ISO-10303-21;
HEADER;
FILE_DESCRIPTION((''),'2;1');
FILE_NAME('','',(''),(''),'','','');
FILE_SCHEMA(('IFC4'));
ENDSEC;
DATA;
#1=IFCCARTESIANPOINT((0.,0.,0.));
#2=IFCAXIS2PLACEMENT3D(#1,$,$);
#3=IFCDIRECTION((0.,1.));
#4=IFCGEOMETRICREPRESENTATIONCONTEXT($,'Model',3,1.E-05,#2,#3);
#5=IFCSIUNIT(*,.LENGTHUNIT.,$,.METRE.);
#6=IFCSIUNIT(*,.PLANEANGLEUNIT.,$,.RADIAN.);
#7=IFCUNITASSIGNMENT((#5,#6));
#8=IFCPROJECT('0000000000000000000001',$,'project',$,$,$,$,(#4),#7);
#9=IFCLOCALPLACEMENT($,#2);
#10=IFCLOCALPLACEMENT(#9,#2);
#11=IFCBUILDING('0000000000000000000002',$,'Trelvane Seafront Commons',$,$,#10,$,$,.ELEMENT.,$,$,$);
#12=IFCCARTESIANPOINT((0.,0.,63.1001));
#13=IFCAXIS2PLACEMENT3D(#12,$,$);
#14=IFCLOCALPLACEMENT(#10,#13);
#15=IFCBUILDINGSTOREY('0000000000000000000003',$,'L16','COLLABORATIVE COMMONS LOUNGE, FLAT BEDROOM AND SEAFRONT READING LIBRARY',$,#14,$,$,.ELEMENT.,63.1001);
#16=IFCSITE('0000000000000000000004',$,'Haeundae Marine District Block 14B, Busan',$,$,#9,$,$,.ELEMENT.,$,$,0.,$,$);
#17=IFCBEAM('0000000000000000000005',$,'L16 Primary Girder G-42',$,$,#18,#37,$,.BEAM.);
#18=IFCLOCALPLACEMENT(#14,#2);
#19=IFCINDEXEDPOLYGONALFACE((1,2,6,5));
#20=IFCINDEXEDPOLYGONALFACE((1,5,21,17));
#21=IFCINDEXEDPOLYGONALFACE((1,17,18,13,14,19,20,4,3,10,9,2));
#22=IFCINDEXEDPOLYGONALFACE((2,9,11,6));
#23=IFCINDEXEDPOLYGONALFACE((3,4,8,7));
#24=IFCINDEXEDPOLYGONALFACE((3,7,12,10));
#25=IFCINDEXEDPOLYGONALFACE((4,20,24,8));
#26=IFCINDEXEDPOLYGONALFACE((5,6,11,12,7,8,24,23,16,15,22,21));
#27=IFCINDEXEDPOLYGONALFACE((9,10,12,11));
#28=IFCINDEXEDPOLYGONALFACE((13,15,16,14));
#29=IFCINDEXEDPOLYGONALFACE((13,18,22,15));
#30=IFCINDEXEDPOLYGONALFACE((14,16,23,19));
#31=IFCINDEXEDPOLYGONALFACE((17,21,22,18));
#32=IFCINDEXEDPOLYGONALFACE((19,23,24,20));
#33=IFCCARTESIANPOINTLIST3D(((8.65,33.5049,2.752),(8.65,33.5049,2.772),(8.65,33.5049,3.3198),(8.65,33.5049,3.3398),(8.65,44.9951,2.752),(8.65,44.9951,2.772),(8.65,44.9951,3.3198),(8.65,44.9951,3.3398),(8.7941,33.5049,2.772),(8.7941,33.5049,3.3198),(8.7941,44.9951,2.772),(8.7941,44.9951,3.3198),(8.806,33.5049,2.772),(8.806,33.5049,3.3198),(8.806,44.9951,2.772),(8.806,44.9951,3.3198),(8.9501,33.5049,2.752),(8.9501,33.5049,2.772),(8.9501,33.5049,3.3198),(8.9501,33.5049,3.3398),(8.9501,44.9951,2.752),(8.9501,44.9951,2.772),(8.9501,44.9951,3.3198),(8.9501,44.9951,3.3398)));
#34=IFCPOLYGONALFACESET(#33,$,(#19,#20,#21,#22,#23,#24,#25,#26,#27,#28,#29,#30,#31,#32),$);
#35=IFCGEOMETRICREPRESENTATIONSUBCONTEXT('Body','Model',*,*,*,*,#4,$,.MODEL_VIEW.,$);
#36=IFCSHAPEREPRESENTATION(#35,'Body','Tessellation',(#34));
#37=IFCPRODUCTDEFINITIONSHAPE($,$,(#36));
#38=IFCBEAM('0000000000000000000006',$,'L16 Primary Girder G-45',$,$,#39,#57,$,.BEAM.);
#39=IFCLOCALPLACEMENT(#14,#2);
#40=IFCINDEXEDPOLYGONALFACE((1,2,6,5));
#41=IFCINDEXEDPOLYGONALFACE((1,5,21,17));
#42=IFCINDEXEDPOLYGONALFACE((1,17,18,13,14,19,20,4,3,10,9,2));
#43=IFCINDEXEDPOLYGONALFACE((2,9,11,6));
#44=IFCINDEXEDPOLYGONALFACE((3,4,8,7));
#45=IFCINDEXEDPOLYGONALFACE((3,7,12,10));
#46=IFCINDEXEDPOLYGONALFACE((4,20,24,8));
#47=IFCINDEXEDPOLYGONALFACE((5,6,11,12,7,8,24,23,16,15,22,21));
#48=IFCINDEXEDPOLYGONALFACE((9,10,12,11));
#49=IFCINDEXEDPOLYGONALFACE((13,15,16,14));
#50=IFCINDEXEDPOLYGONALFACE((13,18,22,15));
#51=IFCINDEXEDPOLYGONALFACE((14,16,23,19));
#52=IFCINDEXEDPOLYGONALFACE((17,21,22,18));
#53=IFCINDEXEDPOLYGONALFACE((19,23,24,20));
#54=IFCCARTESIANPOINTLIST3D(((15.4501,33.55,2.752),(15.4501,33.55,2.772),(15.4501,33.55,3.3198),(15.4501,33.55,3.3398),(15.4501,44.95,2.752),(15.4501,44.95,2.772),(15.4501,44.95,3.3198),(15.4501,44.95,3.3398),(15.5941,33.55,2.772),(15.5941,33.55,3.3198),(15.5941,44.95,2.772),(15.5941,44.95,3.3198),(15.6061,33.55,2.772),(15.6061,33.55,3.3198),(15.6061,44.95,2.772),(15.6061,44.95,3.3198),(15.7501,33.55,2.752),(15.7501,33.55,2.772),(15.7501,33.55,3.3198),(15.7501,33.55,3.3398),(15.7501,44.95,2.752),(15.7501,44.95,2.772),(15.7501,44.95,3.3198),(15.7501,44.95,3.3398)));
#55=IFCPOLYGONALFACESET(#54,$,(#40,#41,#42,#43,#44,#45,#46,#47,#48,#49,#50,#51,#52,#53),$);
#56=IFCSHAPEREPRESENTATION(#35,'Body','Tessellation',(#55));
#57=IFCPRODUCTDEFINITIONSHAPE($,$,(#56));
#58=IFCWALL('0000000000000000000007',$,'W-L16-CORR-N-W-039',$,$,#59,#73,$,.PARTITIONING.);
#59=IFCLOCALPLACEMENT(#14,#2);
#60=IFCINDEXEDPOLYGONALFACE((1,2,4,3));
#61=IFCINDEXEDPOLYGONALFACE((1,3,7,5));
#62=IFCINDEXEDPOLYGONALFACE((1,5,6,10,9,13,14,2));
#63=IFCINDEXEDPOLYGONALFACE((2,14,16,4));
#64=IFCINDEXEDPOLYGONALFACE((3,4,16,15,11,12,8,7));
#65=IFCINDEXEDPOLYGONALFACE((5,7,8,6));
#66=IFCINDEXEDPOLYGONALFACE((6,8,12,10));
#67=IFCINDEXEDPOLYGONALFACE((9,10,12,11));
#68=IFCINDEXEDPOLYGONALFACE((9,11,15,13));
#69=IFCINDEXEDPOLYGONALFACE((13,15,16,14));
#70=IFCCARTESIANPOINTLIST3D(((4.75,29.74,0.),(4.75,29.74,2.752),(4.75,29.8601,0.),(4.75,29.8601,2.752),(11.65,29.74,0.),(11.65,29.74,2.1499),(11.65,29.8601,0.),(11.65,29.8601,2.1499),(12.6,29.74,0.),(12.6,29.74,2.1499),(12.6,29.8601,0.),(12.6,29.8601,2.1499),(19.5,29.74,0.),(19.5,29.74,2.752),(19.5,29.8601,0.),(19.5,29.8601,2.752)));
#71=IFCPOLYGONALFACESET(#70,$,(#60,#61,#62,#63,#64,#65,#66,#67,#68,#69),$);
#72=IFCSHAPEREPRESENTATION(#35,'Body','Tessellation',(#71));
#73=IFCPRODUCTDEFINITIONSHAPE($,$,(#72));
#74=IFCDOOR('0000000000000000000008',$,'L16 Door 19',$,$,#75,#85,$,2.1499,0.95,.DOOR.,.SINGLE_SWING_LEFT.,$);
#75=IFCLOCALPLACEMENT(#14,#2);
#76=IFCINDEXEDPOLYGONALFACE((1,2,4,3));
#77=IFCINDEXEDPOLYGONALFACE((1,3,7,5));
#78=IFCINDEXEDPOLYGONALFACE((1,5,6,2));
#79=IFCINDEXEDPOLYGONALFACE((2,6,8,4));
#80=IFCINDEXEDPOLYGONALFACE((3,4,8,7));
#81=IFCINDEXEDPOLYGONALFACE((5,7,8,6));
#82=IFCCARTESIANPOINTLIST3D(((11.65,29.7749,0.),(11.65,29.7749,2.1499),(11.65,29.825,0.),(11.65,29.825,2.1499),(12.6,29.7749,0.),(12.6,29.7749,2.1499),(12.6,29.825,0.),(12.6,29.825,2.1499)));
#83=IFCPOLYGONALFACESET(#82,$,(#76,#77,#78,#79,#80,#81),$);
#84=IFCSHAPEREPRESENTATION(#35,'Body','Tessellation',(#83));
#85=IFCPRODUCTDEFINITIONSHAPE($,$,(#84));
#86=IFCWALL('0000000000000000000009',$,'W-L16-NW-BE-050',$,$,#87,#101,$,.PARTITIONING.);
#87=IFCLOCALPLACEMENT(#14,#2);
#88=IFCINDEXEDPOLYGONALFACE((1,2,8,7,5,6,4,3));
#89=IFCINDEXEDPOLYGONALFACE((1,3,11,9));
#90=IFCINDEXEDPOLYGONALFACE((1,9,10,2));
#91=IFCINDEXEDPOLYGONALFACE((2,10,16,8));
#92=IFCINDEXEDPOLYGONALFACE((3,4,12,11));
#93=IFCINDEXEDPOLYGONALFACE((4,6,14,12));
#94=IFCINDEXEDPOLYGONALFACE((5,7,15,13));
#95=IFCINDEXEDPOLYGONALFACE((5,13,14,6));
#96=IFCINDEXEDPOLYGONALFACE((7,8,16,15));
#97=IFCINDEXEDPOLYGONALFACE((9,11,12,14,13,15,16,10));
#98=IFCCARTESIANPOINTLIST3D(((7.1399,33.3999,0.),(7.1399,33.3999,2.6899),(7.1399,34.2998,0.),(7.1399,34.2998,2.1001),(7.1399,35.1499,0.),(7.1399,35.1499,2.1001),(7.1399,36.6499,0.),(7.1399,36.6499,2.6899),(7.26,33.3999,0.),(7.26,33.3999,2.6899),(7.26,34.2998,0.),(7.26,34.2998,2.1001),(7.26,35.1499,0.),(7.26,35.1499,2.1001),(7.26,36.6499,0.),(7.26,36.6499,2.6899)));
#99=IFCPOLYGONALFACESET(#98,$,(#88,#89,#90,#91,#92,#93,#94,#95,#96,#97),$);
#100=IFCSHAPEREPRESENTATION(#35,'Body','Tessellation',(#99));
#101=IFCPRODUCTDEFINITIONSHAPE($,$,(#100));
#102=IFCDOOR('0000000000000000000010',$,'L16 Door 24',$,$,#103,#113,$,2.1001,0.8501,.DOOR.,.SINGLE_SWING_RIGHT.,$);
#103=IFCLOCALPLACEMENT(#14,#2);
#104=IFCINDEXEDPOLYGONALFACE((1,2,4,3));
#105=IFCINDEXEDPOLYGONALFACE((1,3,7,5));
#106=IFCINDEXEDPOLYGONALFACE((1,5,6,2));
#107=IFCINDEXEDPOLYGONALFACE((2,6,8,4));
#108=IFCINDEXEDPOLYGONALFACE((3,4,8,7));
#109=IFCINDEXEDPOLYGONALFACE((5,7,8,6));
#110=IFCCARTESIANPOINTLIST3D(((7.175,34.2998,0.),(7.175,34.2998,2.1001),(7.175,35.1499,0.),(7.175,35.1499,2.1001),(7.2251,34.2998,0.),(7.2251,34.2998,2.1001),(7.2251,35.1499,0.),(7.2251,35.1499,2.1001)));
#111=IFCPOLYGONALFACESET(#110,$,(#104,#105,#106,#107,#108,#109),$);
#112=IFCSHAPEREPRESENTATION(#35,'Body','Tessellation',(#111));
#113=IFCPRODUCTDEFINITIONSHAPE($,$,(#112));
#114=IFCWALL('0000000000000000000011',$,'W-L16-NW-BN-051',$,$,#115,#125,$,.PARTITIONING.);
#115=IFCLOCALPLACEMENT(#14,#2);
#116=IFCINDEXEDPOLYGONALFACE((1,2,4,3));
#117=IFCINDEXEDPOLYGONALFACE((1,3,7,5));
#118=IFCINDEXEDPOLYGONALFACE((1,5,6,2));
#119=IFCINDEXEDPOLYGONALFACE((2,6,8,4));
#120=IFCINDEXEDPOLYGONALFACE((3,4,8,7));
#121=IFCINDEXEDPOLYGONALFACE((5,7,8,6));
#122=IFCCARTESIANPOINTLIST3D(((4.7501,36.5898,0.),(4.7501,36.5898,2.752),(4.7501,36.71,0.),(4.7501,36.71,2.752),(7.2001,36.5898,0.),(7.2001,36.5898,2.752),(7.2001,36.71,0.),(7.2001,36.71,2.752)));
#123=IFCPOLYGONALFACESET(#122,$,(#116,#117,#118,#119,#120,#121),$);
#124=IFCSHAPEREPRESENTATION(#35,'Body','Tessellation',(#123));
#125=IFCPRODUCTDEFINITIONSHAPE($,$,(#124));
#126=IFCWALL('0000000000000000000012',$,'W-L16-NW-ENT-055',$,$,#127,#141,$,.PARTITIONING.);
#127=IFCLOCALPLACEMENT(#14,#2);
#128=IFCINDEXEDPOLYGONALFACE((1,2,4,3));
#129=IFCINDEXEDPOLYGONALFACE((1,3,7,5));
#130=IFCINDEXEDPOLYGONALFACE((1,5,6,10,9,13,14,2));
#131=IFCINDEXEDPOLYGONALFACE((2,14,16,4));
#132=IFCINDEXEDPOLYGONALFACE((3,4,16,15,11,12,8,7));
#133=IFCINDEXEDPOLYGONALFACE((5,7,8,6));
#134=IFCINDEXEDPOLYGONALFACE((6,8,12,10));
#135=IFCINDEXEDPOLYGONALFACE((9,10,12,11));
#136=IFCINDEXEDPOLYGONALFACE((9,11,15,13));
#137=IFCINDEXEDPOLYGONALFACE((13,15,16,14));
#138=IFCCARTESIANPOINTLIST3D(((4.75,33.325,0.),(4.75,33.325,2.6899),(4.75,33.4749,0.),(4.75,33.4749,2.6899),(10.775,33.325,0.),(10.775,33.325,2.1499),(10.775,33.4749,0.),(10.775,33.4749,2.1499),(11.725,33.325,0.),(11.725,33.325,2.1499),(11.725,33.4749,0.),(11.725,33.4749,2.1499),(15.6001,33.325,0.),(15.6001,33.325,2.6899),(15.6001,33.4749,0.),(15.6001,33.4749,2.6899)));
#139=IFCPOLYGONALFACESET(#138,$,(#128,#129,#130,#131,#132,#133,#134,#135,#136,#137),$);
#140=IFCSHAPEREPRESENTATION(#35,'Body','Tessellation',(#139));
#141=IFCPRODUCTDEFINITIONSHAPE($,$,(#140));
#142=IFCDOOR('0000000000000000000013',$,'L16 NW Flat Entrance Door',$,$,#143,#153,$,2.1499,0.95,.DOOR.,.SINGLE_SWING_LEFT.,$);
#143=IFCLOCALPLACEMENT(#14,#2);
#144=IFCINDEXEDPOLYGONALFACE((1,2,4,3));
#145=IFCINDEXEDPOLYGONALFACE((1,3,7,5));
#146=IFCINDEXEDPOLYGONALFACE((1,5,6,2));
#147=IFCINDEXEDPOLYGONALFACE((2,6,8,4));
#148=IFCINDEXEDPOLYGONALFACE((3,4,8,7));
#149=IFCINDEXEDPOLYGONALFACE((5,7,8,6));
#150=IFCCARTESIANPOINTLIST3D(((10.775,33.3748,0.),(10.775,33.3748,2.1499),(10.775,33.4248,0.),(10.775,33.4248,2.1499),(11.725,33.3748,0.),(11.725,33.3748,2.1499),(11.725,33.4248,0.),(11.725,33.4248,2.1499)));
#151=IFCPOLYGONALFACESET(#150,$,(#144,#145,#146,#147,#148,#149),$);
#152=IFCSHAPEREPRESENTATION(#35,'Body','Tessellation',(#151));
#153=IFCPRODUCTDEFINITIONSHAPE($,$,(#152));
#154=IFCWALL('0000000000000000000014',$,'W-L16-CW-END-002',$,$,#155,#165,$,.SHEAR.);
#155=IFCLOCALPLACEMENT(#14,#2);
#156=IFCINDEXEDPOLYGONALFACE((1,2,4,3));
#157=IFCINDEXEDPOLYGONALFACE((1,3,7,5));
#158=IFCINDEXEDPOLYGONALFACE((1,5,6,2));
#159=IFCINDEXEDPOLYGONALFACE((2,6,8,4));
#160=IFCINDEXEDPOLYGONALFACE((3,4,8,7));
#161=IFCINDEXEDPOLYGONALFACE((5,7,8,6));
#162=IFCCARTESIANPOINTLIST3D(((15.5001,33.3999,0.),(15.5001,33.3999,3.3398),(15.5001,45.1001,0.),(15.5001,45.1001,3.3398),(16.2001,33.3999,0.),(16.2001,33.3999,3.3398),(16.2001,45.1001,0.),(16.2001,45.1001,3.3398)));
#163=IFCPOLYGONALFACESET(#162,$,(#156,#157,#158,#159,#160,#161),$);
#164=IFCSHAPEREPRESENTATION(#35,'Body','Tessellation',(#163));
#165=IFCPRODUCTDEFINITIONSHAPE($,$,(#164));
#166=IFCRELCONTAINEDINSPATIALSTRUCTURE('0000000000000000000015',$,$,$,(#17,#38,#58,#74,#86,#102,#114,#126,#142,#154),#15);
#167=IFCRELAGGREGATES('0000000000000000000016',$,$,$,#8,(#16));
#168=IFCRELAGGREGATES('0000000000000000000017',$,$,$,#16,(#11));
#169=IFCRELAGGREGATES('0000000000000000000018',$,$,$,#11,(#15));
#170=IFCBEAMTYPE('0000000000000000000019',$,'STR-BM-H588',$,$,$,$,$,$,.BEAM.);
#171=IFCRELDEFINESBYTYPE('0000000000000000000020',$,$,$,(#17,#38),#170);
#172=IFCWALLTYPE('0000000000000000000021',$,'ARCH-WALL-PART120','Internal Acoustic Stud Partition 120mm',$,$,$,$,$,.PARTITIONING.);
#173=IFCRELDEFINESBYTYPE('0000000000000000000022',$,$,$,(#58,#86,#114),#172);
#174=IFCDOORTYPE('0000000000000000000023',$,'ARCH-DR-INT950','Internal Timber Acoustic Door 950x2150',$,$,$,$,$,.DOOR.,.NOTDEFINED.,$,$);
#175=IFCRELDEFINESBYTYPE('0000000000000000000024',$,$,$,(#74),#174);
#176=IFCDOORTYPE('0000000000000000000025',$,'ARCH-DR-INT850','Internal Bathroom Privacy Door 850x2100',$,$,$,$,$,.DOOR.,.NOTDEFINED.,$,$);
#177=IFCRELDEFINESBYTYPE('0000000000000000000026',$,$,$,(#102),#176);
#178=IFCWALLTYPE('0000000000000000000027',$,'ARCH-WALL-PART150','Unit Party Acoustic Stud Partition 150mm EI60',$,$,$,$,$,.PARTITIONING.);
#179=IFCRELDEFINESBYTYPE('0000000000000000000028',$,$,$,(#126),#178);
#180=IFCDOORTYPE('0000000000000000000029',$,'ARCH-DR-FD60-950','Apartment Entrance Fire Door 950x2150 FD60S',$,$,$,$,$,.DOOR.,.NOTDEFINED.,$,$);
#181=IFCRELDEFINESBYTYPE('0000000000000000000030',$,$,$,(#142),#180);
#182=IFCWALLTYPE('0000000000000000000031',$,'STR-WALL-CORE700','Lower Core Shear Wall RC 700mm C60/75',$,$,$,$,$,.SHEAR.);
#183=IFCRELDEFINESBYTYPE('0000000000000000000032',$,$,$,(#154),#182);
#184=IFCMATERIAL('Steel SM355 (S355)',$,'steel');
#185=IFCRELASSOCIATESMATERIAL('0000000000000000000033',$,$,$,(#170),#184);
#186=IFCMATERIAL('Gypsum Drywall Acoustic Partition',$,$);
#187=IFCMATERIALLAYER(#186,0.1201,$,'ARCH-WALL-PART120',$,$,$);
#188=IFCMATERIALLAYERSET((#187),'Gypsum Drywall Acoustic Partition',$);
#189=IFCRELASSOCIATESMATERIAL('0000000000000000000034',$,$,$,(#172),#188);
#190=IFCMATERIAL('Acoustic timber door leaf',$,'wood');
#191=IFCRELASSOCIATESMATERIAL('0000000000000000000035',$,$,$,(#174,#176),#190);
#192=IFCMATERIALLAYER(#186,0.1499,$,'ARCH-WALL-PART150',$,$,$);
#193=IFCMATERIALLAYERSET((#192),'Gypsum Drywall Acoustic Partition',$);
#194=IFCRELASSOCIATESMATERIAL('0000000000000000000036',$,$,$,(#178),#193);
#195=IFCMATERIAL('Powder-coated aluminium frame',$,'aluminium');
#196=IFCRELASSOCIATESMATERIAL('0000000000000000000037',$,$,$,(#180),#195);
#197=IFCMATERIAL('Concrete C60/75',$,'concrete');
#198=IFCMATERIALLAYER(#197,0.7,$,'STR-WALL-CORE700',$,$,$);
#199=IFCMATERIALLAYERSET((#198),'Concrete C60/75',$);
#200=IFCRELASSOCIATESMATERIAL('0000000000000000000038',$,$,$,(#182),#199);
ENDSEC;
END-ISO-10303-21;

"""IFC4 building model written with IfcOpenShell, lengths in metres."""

from ifc_helpers import new_model, si_unit, direction, frame, frame_2d, origin, origin_2d, place, context, subcontext, project, spatial, rectangle, i_section, extrude, source, transform, mapped, material, layer, layer_set, material_profile, profile_set, type_object, element, fill, save


model = new_model("IFC4")

# Units and contexts
model_context = context("Model", 3, precision=1e-05, world=origin(), true_north=direction((0.0, 1.0)))
body_context = subcontext(model_context, "Body", "Model", "MODEL_VIEW")
ifc_project = project(units=[si_unit("LENGTHUNIT", "METRE"), si_unit("PLANEANGLEUNIT", "RADIAN")], contexts=[model_context])

# Site, building, storey
site_placement = place(None, origin())
site = spatial("IfcSite", under=ifc_project, at=site_placement, Name="Haeundae Marine District Block 14B, Busan", CompositionType="ELEMENT", RefElevation=0.0)
building_placement = place(site_placement, origin())
building = spatial("IfcBuilding", under=site, at=building_placement, Name="Trelvane Seafront Commons", CompositionType="ELEMENT")
storey_placement = place(building_placement, frame((0.0, 0.0, 63.1001)))
storey = spatial("IfcBuildingStorey", under=building, at=storey_placement, Name="L16", Description="COLLABORATIVE COMMONS LOUNGE, FLAT BEDROOM AND SEAFRONT READING LIBRARY", CompositionType="ELEMENT", Elevation=63.1001)

# Shared definitions
ifc_material_1 = material(Name="Steel SM355 (S355)", Category="steel")
ifc_material_2 = material(Name="Concrete C60/75", Category="concrete")

# Beams
ifc_material_profile_1 = material_profile(ifc_material_1, i_section(OverallWidth=0.3, OverallDepth=0.5879, WebThickness=0.012, FlangeThickness=0.02, at=origin_2d()), Name="H-588x300x12x20")
ifc_profile_set_1 = profile_set([ifc_material_profile_1], Name="Steel SM355 (S355)")
beam_type_1 = type_object("IfcBeamType", Name="STR-BM-H588", PredefinedType="BEAM", material=ifc_profile_set_1)
shared_shape_1 = source(origin(), body_context, "Body", "SweptSolid", [
    extrude(i_section(OverallWidth=0.3, OverallDepth=0.5879, WebThickness=0.012, FlangeThickness=0.02, at=origin_2d()), origin(), (0.0, 0.0, 1.0), 11.4902),
])
for number, where, z_axis, x_axis, name in (
    (1, (8.8, 33.5049, 3.0459), (0.0, 1.0, 0.0), (-1.0, 0.0, 0.0), "L16 Primary Girder G-42"),
):
    element("IfcBeam", number, at=place(storey_placement, frame(where, z_axis=z_axis, x_axis=x_axis)), inside=storey, type_object=beam_type_1, Name=name, PredefinedType="BEAM", context=body_context, shape_type="MappedRepresentation", body=[
        mapped(shared_shape_1, transform((0.0, 0.0, 0.0), x_axis=(1.0, 0.0, 0.0), y_axis=(0.0, 1.0, 0.0), z_axis=(0.0, 0.0, 1.0), scale=1.0)),
    ])
shared_shape_2 = source(origin(), body_context, "Body", "SweptSolid", [
    extrude(i_section(OverallWidth=0.3, OverallDepth=0.5879, WebThickness=0.012, FlangeThickness=0.02, at=origin_2d()), origin(), (0.0, 0.0, 1.0), 11.3999),
])
beam_1_placement = place(storey_placement, frame((15.6001, 33.55, 3.0459), z_axis=(0.0, 1.0, 0.0), x_axis=(-1.0, 0.0, 0.0)))
element("IfcBeam", 2, at=beam_1_placement, inside=storey, type_object=beam_type_1, Name="L16 Primary Girder G-45", PredefinedType="BEAM", context=body_context, shape_type="MappedRepresentation", body=[
    mapped(shared_shape_2, transform((0.0, 0.0, 0.0), x_axis=(1.0, 0.0, 0.0), y_axis=(0.0, 1.0, 0.0), z_axis=(0.0, 0.0, 1.0), scale=1.0)),
])

# Walls, openings, doors
ifc_material_3 = material(Name="Gypsum Drywall Acoustic Partition")
ifc_layer_1 = layer(ifc_material_3, 0.1201, Name="ARCH-WALL-PART120")
ifc_layer_set_1 = layer_set([ifc_layer_1], Name="Gypsum Drywall Acoustic Partition")
wall_type_1 = type_object("IfcWallType", Name="ARCH-WALL-PART120", Description="Internal Acoustic Stud Partition 120mm", PredefinedType="PARTITIONING", material=ifc_layer_set_1)
wall_1_placement = place(storey_placement, frame((4.75, 29.8, 0.0), z_axis=(0.0, 0.0, 1.0), x_axis=(1.0, 0.0, 0.0)))
wall_1 = element("IfcWall", 3, at=wall_1_placement, inside=storey, type_object=wall_type_1, Name="W-L16-CORR-N-W-039", PredefinedType="PARTITIONING", context=body_context, shape_type="SweptSolid", body=[
    extrude(rectangle(XDim=14.75, YDim=0.1201, at=frame_2d((7.375, 0.0))), origin(), (0.0, 0.0, 1.0), 2.752),
])
opening_1_placement = place(wall_1_placement, frame((6.8999, 0.0, 0.0)))
opening_1 = element("IfcOpeningElement", 4, at=opening_1_placement, cuts=wall_1, PredefinedType="OPENING", context=body_context, shape_type="SweptSolid", body=[
    extrude(rectangle(XDim=0.95, YDim=2.1499, at=frame_2d((0.4751, 1.075))), frame((0.0, 0.0701, 0.0), z_axis=(0.0, -1.0, 0.0), x_axis=(1.0, 0.0, 0.0)), (0.0, 0.0, 1.0), 0.1401),
])
ifc_material_4 = material(Name="Acoustic timber door leaf", Category="wood")
door_type_1 = type_object("IfcDoorType", Name="ARCH-DR-INT950", Description="Internal Timber Acoustic Door 950x2150", OperationType="NOTDEFINED", PredefinedType="DOOR", material=ifc_material_4)
shared_shape_3 = source(origin(), body_context, "Body", "SweptSolid", [
    extrude(rectangle(XDim=0.95, YDim=2.1499, at=frame_2d((0.4751, 1.075))), frame((0.0, 0.0249, 0.0), z_axis=(0.0, -1.0, 0.0), x_axis=(1.0, 0.0, 0.0)), (0.0, 0.0, 1.0), 0.05),
])
door_1_placement = place(opening_1_placement, origin())
door_1 = element("IfcDoor", 5, at=door_1_placement, inside=storey, type_object=door_type_1, Name="L16 Door 19", OperationType="SINGLE_SWING_LEFT", OverallHeight=2.1499, OverallWidth=0.95, PredefinedType="DOOR", context=body_context, shape_type="MappedRepresentation", body=[
    mapped(shared_shape_3, transform((0.0, 0.0, 0.0), x_axis=(1.0, 0.0, 0.0), y_axis=(0.0, 1.0, 0.0), z_axis=(0.0, 0.0, 1.0), scale=1.0)),
])
fill(opening_1, door_1)
wall_2_placement = place(storey_placement, frame((7.2, 33.3999, 0.0), z_axis=(0.0, 0.0, 1.0), x_axis=(0.0, 1.0, 0.0)))
wall_2 = element("IfcWall", 6, at=wall_2_placement, inside=storey, type_object=wall_type_1, Name="W-L16-NW-BE-050", PredefinedType="PARTITIONING", context=body_context, shape_type="SweptSolid", body=[
    extrude(rectangle(XDim=3.25, YDim=0.1201, at=frame_2d((1.625, 0.0))), origin(), (0.0, 0.0, 1.0), 2.6899),
])
opening_2_placement = place(wall_2_placement, frame((0.8999, 0.0, 0.0)))
opening_2 = element("IfcOpeningElement", 7, at=opening_2_placement, cuts=wall_2, PredefinedType="OPENING", context=body_context, shape_type="SweptSolid", body=[
    extrude(rectangle(XDim=0.8501, YDim=2.1001, at=frame_2d((0.425, 1.05))), frame((0.0, 0.0701, 0.0), z_axis=(0.0, -1.0, 0.0), x_axis=(1.0, 0.0, 0.0)), (0.0, 0.0, 1.0), 0.1401),
])
door_type_2 = type_object("IfcDoorType", Name="ARCH-DR-INT850", Description="Internal Bathroom Privacy Door 850x2100", OperationType="NOTDEFINED", PredefinedType="DOOR", material=ifc_material_4)
shared_shape_4 = source(origin(), body_context, "Body", "SweptSolid", [
    extrude(rectangle(XDim=0.8501, YDim=2.1001, at=frame_2d((0.425, 1.05))), frame((0.0, 0.0249, 0.0), z_axis=(0.0, -1.0, 0.0), x_axis=(1.0, 0.0, 0.0)), (0.0, 0.0, 1.0), 0.05),
])
door_2_placement = place(opening_2_placement, origin())
door_2 = element("IfcDoor", 8, at=door_2_placement, inside=storey, type_object=door_type_2, Name="L16 Door 24", OperationType="SINGLE_SWING_RIGHT", OverallHeight=2.1001, OverallWidth=0.8501, PredefinedType="DOOR", context=body_context, shape_type="MappedRepresentation", body=[
    mapped(shared_shape_4, transform((0.0, 0.0, 0.0), x_axis=(1.0, 0.0, 0.0), y_axis=(0.0, 1.0, 0.0), z_axis=(0.0, 0.0, 1.0), scale=1.0)),
])
fill(opening_2, door_2)

# Wall
wall_3_placement = place(storey_placement, frame((4.75, 36.6499, 0.0), z_axis=(0.0, 0.0, 1.0), x_axis=(1.0, 0.0, 0.0)))
element("IfcWall", 9, at=wall_3_placement, inside=storey, type_object=wall_type_1, Name="W-L16-NW-BN-051", PredefinedType="PARTITIONING", context=body_context, shape_type="SweptSolid", body=[
    extrude(rectangle(XDim=2.45, YDim=0.1201, at=frame_2d((1.2251, 0.0))), origin(), (0.0, 0.0, 1.0), 2.752),
])

# Wall, opening, door
ifc_layer_2 = layer(ifc_material_3, 0.1499, Name="ARCH-WALL-PART150")
ifc_layer_set_2 = layer_set([ifc_layer_2], Name="Gypsum Drywall Acoustic Partition")
wall_type_2 = type_object("IfcWallType", Name="ARCH-WALL-PART150", Description="Unit Party Acoustic Stud Partition 150mm EI60", PredefinedType="PARTITIONING", material=ifc_layer_set_2)
wall_4_placement = place(storey_placement, frame((4.75, 33.3999, 0.0), z_axis=(0.0, 0.0, 1.0), x_axis=(1.0, 0.0, 0.0)))
wall_4 = element("IfcWall", 10, at=wall_4_placement, inside=storey, type_object=wall_type_2, Name="W-L16-NW-ENT-055", PredefinedType="PARTITIONING", context=body_context, shape_type="SweptSolid", body=[
    extrude(rectangle(XDim=10.8501, YDim=0.1499, at=frame_2d((5.425, 0.0))), origin(), (0.0, 0.0, 1.0), 2.6899),
])
opening_3_placement = place(wall_4_placement, frame((6.0249, 0.0, 0.0)))
opening_3 = element("IfcOpeningElement", 11, at=opening_3_placement, cuts=wall_4, PredefinedType="OPENING", context=body_context, shape_type="SweptSolid", body=[
    extrude(rectangle(XDim=0.95, YDim=2.1499, at=frame_2d((0.4751, 1.075))), frame((0.0, 0.085, 0.0), z_axis=(0.0, -1.0, 0.0), x_axis=(1.0, 0.0, 0.0)), (0.0, 0.0, 1.0), 0.1699),
])
ifc_material_5 = material(Name="Powder-coated aluminium frame", Category="aluminium")
door_type_3 = type_object("IfcDoorType", Name="ARCH-DR-FD60-950", Description="Apartment Entrance Fire Door 950x2150 FD60S", OperationType="NOTDEFINED", PredefinedType="DOOR", material=ifc_material_5)
door_3_placement = place(opening_3_placement, origin())
door_3 = element("IfcDoor", 12, at=door_3_placement, inside=storey, type_object=door_type_3, Name="L16 NW Flat Entrance Door", OperationType="SINGLE_SWING_LEFT", OverallHeight=2.1499, OverallWidth=0.95, PredefinedType="DOOR", context=body_context, shape_type="MappedRepresentation", body=[
    mapped(shared_shape_3, transform((0.0, 0.0, 0.0), x_axis=(1.0, 0.0, 0.0), y_axis=(0.0, 1.0, 0.0), z_axis=(0.0, 0.0, 1.0), scale=1.0)),
])
fill(opening_3, door_3)

# Wall
ifc_layer_3 = layer(ifc_material_2, 0.7, Name="STR-WALL-CORE700")
ifc_layer_set_3 = layer_set([ifc_layer_3], Name="Concrete C60/75")
wall_type_3 = type_object("IfcWallType", Name="STR-WALL-CORE700", Description="Lower Core Shear Wall RC 700mm C60/75", PredefinedType="SHEAR", material=ifc_layer_set_3)
wall_5_placement = place(storey_placement, frame((15.8501, 33.3999, 0.0), z_axis=(0.0, 0.0, 1.0), x_axis=(0.0, 1.0, 0.0)))
element("IfcWall", 13, at=wall_5_placement, inside=storey, type_object=wall_type_3, Name="W-L16-CW-END-002", PredefinedType="SHEAR", context=body_context, shape_type="SweptSolid", body=[
    extrude(rectangle(XDim=11.7002, YDim=0.7, at=frame_2d((5.8501, 0.0))), origin(), (0.0, 0.0, 1.0), 3.3398),
])

save(model, "model.ifc")
